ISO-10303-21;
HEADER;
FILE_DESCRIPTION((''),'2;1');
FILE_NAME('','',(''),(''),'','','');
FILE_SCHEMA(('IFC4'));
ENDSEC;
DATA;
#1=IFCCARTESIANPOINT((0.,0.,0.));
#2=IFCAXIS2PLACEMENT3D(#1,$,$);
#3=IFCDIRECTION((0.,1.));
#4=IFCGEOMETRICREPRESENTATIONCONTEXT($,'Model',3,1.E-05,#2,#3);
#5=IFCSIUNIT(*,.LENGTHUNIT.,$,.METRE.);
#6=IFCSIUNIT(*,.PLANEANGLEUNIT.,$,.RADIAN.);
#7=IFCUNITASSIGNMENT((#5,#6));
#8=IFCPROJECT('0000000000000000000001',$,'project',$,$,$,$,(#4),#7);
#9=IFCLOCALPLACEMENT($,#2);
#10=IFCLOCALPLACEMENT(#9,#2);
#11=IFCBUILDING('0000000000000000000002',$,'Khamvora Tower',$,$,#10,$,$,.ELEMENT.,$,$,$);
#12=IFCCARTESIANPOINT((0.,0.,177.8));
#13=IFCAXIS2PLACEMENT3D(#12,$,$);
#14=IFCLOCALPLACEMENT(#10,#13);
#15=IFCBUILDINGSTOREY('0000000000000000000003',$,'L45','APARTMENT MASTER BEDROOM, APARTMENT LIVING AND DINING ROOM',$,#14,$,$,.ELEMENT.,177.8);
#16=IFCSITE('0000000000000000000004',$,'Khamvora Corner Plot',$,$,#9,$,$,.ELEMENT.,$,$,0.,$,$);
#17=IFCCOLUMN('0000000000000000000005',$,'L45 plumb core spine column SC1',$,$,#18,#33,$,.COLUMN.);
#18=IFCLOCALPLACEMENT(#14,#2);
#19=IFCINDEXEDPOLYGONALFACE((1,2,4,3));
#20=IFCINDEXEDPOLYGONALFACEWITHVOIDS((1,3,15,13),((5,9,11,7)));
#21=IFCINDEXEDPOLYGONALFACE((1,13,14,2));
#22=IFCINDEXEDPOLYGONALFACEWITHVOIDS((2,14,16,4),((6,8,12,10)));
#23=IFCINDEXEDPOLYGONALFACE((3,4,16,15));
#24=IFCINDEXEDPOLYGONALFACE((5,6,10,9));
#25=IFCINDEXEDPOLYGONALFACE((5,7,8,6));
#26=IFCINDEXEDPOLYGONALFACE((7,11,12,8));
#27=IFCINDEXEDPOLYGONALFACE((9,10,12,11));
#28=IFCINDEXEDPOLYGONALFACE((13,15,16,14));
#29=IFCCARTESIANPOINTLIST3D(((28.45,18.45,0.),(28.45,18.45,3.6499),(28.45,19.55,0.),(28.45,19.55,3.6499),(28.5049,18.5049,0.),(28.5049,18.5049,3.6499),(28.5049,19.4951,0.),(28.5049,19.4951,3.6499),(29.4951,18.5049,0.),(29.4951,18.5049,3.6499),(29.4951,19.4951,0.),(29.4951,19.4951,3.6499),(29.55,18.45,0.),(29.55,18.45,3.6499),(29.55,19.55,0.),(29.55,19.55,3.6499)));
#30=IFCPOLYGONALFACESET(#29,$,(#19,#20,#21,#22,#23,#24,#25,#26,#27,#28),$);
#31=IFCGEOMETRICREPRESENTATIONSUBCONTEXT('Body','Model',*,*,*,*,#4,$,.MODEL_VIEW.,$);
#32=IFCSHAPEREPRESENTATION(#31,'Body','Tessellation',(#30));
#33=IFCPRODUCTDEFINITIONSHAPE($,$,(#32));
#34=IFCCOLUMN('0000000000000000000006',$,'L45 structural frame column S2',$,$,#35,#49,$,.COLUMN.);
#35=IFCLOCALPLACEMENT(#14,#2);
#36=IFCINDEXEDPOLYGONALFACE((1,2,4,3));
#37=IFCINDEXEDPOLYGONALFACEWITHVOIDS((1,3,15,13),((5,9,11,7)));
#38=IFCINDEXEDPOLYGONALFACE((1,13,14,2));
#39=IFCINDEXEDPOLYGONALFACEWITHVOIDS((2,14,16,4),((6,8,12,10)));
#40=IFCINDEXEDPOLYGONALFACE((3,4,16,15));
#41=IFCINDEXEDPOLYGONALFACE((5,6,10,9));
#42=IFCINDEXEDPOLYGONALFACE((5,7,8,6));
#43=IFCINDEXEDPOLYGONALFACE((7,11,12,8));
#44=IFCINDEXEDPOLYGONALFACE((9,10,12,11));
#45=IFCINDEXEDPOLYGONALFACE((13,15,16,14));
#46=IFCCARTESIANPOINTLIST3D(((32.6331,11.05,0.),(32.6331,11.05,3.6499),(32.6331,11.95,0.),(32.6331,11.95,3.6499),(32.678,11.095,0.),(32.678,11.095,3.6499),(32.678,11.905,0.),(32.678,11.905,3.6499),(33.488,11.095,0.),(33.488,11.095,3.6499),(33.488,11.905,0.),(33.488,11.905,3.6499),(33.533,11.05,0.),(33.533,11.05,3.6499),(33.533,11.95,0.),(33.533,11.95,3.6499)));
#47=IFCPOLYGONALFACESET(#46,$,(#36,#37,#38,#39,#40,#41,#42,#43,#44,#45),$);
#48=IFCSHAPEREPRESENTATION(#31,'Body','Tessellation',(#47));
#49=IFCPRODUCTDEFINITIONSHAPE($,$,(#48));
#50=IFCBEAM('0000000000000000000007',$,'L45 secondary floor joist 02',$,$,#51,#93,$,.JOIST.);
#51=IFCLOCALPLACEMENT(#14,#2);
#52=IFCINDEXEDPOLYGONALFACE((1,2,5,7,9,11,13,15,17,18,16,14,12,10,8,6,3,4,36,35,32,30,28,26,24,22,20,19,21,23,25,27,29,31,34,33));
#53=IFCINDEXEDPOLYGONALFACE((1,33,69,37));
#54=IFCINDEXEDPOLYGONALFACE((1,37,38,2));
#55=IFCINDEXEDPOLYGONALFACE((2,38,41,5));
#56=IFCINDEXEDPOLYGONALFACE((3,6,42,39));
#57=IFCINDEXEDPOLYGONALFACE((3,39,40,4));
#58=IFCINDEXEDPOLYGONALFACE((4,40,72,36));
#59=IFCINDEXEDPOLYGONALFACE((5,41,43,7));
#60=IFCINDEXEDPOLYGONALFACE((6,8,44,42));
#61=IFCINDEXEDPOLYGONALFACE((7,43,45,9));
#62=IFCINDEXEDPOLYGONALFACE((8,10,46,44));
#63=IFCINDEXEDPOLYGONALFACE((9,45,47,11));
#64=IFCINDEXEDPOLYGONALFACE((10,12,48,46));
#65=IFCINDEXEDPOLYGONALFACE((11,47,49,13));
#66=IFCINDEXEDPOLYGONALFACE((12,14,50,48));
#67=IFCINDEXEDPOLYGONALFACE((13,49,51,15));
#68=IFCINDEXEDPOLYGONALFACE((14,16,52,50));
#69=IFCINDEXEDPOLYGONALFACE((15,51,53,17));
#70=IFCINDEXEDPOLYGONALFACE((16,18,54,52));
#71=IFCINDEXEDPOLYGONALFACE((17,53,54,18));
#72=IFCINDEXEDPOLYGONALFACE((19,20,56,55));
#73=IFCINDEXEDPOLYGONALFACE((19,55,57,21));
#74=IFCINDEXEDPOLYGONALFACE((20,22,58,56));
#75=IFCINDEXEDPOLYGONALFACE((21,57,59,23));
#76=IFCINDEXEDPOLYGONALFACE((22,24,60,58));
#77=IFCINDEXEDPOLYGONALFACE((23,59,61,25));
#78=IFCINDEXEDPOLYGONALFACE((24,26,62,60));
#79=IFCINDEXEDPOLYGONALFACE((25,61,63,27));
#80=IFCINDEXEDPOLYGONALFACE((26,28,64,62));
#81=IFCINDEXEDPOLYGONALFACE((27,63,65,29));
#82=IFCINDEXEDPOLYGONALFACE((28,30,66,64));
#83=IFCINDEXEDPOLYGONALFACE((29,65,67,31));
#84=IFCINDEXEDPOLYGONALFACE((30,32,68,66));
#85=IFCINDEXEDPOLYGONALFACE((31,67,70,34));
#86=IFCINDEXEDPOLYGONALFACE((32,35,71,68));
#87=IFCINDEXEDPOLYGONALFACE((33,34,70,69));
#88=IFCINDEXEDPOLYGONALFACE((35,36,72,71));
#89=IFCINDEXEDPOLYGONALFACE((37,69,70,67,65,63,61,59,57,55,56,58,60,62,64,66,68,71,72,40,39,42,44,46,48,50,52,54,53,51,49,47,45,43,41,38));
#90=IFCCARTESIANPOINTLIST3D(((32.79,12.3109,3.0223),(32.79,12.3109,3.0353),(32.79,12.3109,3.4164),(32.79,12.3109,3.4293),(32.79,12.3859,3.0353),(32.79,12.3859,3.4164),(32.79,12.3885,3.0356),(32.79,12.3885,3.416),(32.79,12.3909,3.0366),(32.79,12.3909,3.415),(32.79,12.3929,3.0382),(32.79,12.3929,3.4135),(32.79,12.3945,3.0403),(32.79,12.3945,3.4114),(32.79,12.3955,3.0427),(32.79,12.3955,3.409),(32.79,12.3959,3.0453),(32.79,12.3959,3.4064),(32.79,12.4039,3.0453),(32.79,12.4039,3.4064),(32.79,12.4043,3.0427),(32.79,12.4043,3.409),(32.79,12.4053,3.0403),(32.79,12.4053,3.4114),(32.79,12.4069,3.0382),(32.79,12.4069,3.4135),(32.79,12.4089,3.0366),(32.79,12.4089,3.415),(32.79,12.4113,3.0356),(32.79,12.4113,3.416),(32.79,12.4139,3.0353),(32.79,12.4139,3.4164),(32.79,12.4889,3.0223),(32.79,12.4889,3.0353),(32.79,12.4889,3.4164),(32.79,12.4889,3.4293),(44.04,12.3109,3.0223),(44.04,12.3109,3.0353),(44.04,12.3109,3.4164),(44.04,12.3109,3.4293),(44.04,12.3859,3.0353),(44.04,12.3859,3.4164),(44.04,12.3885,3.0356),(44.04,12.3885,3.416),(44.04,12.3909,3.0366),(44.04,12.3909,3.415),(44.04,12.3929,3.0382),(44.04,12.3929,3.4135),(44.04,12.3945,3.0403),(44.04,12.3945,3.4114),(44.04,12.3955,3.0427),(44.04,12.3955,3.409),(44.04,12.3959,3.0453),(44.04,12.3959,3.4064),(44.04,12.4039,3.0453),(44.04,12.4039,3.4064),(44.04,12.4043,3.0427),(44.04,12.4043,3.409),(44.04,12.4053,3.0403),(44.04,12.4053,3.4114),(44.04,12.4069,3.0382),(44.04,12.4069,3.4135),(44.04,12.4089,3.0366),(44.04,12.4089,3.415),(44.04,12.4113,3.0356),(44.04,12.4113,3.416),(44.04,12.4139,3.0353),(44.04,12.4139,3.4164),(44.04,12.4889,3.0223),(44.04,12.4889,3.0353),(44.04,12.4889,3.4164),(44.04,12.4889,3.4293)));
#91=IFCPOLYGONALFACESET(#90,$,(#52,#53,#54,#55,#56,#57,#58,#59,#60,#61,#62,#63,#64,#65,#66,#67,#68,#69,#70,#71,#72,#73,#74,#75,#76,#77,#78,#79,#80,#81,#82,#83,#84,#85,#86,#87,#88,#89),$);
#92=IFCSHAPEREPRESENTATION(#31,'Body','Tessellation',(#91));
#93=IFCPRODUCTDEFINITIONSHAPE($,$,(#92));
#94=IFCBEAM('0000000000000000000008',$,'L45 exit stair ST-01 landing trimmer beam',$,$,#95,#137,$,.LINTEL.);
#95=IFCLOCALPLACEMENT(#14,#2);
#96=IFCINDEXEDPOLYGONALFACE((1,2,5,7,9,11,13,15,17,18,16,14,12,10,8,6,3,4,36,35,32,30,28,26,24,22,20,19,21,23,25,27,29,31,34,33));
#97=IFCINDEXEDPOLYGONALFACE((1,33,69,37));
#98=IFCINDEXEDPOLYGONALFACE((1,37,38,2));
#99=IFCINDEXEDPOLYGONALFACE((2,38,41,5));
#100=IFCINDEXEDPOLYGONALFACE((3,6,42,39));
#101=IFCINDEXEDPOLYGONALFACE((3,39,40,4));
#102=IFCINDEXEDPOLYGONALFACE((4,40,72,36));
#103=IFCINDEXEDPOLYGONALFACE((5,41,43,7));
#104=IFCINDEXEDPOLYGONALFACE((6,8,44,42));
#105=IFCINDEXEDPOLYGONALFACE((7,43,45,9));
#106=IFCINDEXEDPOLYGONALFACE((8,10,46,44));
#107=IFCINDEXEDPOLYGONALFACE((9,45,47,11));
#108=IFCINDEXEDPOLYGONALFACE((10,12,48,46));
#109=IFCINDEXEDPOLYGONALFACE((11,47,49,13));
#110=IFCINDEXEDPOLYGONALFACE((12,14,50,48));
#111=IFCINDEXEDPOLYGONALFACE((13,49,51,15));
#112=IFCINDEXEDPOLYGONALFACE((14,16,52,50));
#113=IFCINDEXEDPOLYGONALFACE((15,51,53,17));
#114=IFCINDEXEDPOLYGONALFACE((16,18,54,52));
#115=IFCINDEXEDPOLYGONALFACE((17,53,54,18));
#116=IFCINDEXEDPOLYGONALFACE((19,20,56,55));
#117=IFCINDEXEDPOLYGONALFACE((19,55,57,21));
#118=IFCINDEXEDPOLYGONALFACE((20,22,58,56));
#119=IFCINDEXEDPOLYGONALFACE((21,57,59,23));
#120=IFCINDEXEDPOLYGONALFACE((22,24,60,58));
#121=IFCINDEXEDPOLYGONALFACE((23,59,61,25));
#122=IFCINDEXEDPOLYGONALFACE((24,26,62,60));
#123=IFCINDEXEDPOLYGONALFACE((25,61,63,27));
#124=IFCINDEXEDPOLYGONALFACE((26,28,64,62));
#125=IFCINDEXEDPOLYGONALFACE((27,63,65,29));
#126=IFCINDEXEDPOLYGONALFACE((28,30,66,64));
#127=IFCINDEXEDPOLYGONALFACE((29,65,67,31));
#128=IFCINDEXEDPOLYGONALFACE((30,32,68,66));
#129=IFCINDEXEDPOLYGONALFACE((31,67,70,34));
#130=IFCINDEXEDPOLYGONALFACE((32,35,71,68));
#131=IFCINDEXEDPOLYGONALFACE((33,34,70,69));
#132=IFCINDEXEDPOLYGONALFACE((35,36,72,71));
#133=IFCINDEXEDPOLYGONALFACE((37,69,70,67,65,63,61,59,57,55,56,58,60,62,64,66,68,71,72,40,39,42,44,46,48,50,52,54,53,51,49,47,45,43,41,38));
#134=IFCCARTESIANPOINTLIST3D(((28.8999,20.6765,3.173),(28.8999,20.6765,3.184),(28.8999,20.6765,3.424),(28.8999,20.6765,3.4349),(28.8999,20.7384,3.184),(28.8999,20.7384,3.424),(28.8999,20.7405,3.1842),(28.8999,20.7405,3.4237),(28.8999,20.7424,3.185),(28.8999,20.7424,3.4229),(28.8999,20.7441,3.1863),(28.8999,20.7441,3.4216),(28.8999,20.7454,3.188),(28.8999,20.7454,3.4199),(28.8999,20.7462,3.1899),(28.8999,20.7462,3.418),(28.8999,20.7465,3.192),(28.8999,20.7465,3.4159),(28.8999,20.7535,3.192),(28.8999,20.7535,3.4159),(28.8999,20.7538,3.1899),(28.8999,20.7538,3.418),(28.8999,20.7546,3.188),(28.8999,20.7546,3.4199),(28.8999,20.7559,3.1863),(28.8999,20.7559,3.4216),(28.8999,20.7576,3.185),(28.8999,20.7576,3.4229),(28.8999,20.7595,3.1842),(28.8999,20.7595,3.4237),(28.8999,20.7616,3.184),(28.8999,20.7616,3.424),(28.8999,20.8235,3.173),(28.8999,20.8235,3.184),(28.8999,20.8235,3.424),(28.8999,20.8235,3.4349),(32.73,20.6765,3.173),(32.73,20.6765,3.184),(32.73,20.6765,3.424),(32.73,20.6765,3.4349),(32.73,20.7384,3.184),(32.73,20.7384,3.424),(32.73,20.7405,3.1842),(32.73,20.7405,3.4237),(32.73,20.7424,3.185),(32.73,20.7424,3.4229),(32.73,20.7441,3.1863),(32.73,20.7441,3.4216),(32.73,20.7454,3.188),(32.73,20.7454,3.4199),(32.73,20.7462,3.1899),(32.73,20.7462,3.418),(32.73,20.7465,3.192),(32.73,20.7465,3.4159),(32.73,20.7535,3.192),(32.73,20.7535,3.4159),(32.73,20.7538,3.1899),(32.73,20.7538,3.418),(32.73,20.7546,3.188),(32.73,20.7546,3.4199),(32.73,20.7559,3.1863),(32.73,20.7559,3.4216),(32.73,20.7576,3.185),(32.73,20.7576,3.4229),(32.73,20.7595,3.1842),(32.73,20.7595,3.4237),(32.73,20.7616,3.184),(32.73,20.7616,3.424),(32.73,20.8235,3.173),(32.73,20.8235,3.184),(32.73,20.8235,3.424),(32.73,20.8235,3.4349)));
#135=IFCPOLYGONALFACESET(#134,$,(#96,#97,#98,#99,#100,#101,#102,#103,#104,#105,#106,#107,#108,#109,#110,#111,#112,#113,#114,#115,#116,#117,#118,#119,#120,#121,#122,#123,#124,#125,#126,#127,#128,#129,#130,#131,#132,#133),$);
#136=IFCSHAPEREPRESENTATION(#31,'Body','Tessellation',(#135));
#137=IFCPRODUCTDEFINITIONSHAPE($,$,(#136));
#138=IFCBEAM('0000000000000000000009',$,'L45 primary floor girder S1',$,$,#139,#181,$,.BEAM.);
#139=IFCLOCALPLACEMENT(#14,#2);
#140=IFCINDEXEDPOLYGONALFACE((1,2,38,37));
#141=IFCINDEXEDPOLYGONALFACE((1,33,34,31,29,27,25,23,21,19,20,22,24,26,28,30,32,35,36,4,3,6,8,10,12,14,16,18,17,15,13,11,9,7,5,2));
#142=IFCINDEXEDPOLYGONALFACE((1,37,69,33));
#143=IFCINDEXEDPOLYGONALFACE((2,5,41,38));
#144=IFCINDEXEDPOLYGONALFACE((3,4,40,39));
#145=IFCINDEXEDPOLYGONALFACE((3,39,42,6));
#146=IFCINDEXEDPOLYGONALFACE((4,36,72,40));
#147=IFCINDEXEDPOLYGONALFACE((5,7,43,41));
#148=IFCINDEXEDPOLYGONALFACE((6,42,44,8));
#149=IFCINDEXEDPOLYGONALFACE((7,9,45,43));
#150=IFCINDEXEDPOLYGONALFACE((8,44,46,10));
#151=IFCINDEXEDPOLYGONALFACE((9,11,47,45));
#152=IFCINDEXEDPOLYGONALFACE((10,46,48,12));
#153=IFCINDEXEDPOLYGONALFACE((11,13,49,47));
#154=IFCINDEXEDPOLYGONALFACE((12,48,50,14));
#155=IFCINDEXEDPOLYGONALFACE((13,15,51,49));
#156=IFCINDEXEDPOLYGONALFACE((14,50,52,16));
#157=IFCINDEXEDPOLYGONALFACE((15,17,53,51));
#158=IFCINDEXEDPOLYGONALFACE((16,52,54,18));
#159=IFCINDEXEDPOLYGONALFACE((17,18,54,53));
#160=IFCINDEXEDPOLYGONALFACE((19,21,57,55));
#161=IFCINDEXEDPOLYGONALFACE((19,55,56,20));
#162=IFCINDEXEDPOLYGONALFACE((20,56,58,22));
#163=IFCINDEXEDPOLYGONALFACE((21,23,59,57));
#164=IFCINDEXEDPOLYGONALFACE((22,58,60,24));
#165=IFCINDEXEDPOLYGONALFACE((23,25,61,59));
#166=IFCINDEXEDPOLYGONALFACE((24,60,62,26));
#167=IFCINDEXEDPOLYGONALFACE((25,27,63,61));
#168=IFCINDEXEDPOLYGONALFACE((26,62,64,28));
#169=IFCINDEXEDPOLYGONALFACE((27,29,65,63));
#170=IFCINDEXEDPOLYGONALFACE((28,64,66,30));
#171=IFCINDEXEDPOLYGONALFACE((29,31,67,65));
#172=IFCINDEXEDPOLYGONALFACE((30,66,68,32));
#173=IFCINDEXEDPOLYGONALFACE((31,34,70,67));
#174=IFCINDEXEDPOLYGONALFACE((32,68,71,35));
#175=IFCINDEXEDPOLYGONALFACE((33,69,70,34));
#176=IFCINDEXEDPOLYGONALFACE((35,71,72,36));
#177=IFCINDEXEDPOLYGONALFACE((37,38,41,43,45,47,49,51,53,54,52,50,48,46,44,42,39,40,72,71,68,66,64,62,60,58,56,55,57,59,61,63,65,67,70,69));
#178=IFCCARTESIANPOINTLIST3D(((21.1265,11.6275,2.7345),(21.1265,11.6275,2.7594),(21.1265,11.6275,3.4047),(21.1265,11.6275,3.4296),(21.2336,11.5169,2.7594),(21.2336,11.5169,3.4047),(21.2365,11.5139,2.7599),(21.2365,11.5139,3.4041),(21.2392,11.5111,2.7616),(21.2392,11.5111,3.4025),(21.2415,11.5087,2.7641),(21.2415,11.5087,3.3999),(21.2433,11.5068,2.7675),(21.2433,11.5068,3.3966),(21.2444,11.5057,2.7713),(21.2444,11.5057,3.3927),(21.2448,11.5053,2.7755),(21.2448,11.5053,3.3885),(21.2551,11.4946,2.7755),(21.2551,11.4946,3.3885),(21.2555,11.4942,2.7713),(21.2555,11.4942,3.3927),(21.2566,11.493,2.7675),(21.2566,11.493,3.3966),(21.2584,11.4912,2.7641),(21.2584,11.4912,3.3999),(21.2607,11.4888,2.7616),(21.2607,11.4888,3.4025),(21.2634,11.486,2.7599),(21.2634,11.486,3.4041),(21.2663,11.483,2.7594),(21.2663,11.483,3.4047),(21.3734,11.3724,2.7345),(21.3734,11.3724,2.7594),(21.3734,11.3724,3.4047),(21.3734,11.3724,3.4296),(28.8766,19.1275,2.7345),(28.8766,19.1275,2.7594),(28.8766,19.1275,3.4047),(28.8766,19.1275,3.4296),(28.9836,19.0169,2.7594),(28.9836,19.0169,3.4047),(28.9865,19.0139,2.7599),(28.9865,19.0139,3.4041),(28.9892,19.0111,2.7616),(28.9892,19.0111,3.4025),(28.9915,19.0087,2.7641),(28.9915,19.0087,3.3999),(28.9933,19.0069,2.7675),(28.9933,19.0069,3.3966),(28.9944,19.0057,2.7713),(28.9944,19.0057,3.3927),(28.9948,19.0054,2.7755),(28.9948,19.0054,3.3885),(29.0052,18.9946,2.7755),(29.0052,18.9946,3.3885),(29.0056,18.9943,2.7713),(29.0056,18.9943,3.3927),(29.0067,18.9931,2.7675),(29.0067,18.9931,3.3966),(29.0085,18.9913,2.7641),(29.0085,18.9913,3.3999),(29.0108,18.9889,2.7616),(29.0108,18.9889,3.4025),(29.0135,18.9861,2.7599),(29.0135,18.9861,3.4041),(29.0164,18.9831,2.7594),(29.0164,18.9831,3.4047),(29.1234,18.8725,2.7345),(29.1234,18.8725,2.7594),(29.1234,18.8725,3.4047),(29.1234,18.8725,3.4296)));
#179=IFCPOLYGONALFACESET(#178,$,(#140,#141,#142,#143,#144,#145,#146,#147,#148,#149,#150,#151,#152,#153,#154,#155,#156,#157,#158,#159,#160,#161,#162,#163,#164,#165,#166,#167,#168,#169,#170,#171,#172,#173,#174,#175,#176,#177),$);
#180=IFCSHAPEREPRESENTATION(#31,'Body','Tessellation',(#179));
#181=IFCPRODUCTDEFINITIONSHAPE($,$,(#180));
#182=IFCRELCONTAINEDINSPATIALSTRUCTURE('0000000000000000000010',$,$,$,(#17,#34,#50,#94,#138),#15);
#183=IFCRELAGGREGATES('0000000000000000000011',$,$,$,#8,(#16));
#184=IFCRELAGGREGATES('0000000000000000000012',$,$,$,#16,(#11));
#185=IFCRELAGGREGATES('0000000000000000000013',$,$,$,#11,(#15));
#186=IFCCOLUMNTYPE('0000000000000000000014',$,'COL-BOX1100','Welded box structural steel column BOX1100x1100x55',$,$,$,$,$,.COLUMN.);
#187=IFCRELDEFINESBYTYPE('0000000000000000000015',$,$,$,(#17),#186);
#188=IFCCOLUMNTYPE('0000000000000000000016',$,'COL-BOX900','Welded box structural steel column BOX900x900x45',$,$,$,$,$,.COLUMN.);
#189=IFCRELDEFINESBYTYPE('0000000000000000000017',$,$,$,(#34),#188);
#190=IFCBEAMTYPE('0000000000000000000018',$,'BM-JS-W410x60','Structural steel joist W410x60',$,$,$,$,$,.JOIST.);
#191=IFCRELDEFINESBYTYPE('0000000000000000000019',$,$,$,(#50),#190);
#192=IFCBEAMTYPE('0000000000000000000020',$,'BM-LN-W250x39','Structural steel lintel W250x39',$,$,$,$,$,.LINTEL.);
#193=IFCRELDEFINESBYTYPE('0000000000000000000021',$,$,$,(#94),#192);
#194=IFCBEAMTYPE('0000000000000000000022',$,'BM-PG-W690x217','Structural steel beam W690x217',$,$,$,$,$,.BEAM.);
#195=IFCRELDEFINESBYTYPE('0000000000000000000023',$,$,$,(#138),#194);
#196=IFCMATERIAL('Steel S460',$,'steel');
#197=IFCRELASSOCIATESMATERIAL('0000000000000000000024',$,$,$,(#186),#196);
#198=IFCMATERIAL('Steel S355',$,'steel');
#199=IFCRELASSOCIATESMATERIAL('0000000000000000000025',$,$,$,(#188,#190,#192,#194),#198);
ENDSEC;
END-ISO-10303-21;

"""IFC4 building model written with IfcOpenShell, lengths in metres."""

from ifc_helpers import new_model, si_unit, direction, frame, origin, origin_2d, place, context, subcontext, project, spatial, hollow_rectangle, i_section, extrude, material, material_profile, profile_set, type_object, element, save


model = new_model("IFC4")

# Units and contexts
model_context = context("Model", 3, precision=1e-05, world=origin(), true_north=direction((0.0, 1.0)))
body_context = subcontext(model_context, "Body", "Model", "MODEL_VIEW")
ifc_project = project(units=[si_unit("LENGTHUNIT", "METRE"), si_unit("PLANEANGLEUNIT", "RADIAN")], contexts=[model_context])

# Site, building, storey
site_placement = place(None, origin())
site = spatial("IfcSite", under=ifc_project, at=site_placement, Name="Khamvora Corner Plot", CompositionType="ELEMENT", RefElevation=0.0)
building_placement = place(site_placement, origin())
building = spatial("IfcBuilding", under=site, at=building_placement, Name="Khamvora Tower", CompositionType="ELEMENT")
storey_placement = place(building_placement, frame((0.0, 0.0, 177.8)))
storey = spatial("IfcBuildingStorey", under=building, at=storey_placement, Name="L45", Description="APARTMENT MASTER BEDROOM, APARTMENT LIVING AND DINING ROOM", CompositionType="ELEMENT", Elevation=177.8)

# Columns
ifc_material_1 = material(Name="Steel S460", Category="steel")
ifc_material_profile_1 = material_profile(ifc_material_1, hollow_rectangle(XDim=1.1001, YDim=1.1001, WallThickness=0.0549, at=origin_2d()), Name="BOX1100x1100x55")
ifc_profile_set_1 = profile_set([ifc_material_profile_1], Name="Steel S460")
column_type_1 = type_object("IfcColumnType", Name="COL-BOX1100", Description="Welded box structural steel column BOX1100x1100x55", PredefinedType="COLUMN", material=ifc_profile_set_1)
column_1_placement = place(storey_placement, frame((29.0, 19.0, 0.0), z_axis=(0.0, 0.0, 1.0), x_axis=(1.0, 0.0, 0.0)))
element("IfcColumn", 1, at=column_1_placement, inside=storey, type_object=column_type_1, Name="L45 plumb core spine column SC1", PredefinedType="COLUMN", context=body_context, shape_type="SweptSolid", body=[
    extrude(hollow_rectangle(XDim=1.1001, YDim=1.1001, WallThickness=0.0549, at=origin_2d()), origin(), (0.0, 0.0, 1.0), 3.6499),
])
ifc_material_2 = material(Name="Steel S355", Category="steel")
ifc_material_profile_2 = material_profile(ifc_material_2, hollow_rectangle(XDim=0.8999, YDim=0.8999, WallThickness=0.0449, at=origin_2d()), Name="BOX900x900x45")
ifc_profile_set_2 = profile_set([ifc_material_profile_2], Name="Steel S355")
column_type_2 = type_object("IfcColumnType", Name="COL-BOX900", Description="Welded box structural steel column BOX900x900x45", PredefinedType="COLUMN", material=ifc_profile_set_2)
column_2_placement = place(storey_placement, frame((33.083, 11.5, 0.0), z_axis=(0.0, 0.0, 1.0), x_axis=(1.0, 0.0, 0.0)))
element("IfcColumn", 2, at=column_2_placement, inside=storey, type_object=column_type_2, Name="L45 structural frame column S2", PredefinedType="COLUMN", context=body_context, shape_type="SweptSolid", body=[
    extrude(hollow_rectangle(XDim=0.8999, YDim=0.8999, WallThickness=0.0449, at=origin_2d()), origin(), (0.0, 0.0, 1.0), 3.6499),
])

# Beams
ifc_material_profile_3 = material_profile(ifc_material_2, i_section(OverallWidth=0.178, OverallDepth=0.407, WebThickness=0.0081, FlangeThickness=0.0129, FilletRadius=0.01, at=origin_2d()), Name="W410x60")
ifc_profile_set_3 = profile_set([ifc_material_profile_3], Name="Steel S355")
beam_type_1 = type_object("IfcBeamType", Name="BM-JS-W410x60", Description="Structural steel joist W410x60", PredefinedType="JOIST", material=ifc_profile_set_3)
beam_1_placement = place(storey_placement, frame((32.79, 12.3999, 3.2258), z_axis=(1.0, 0.0, 0.0), x_axis=(0.0, 1.0, 0.0)))
element("IfcBeam", 3, at=beam_1_placement, inside=storey, type_object=beam_type_1, Name="L45 secondary floor joist 02", PredefinedType="JOIST", context=body_context, shape_type="SweptSolid", body=[
    extrude(i_section(OverallWidth=0.178, OverallDepth=0.407, WebThickness=0.0081, FlangeThickness=0.0129, FilletRadius=0.01, at=origin_2d()), origin(), (0.0, 0.0, 1.0), 11.25),
])
ifc_material_profile_4 = material_profile(ifc_material_2, i_section(OverallWidth=0.147, OverallDepth=0.262, WebThickness=0.0071, FlangeThickness=0.011, FilletRadius=0.0081, at=origin_2d()), Name="W250x39")
ifc_profile_set_4 = profile_set([ifc_material_profile_4], Name="Steel S355")
beam_type_2 = type_object("IfcBeamType", Name="BM-LN-W250x39", Description="Structural steel lintel W250x39", PredefinedType="LINTEL", material=ifc_profile_set_4)
beam_2_placement = place(storey_placement, frame((28.8999, 20.75, 3.304), z_axis=(1.0, 0.0, 0.0), x_axis=(0.0, 1.0, 0.0)))
element("IfcBeam", 4, at=beam_2_placement, inside=storey, type_object=beam_type_2, Name="L45 exit stair ST-01 landing trimmer beam", PredefinedType="LINTEL", context=body_context, shape_type="SweptSolid", body=[
    extrude(i_section(OverallWidth=0.147, OverallDepth=0.262, WebThickness=0.0071, FlangeThickness=0.011, FilletRadius=0.0081, at=origin_2d()), origin(), (0.0, 0.0, 1.0), 3.8301),
])
ifc_material_profile_5 = material_profile(ifc_material_2, i_section(OverallWidth=0.355, OverallDepth=0.6951, WebThickness=0.0149, FlangeThickness=0.0249, FilletRadius=0.0161, at=origin_2d()), Name="W690x217")
ifc_profile_set_5 = profile_set([ifc_material_profile_5], Name="Steel S355")
beam_type_3 = type_object("IfcBeamType", Name="BM-PG-W690x217", Description="Structural steel beam W690x217", PredefinedType="BEAM", material=ifc_profile_set_5)
beam_3_placement = place(storey_placement, frame((29.0, 19.0, 3.082), z_axis=(-0.718602, -0.695421, 0.0), x_axis=(0.695421, -0.718602, 0.0)))
element("IfcBeam", 5, at=beam_3_placement, inside=storey, type_object=beam_type_3, Name="L45 primary floor girder S1", PredefinedType="BEAM", context=body_context, shape_type="SweptSolid", body=[
    extrude(i_section(OverallWidth=0.355, OverallDepth=0.6951, WebThickness=0.0149, FlangeThickness=0.0249, FilletRadius=0.0161, at=origin_2d()), origin(), (0.0, 0.0, 1.0), 10.7849),
])

save(model, "model.ifc")
